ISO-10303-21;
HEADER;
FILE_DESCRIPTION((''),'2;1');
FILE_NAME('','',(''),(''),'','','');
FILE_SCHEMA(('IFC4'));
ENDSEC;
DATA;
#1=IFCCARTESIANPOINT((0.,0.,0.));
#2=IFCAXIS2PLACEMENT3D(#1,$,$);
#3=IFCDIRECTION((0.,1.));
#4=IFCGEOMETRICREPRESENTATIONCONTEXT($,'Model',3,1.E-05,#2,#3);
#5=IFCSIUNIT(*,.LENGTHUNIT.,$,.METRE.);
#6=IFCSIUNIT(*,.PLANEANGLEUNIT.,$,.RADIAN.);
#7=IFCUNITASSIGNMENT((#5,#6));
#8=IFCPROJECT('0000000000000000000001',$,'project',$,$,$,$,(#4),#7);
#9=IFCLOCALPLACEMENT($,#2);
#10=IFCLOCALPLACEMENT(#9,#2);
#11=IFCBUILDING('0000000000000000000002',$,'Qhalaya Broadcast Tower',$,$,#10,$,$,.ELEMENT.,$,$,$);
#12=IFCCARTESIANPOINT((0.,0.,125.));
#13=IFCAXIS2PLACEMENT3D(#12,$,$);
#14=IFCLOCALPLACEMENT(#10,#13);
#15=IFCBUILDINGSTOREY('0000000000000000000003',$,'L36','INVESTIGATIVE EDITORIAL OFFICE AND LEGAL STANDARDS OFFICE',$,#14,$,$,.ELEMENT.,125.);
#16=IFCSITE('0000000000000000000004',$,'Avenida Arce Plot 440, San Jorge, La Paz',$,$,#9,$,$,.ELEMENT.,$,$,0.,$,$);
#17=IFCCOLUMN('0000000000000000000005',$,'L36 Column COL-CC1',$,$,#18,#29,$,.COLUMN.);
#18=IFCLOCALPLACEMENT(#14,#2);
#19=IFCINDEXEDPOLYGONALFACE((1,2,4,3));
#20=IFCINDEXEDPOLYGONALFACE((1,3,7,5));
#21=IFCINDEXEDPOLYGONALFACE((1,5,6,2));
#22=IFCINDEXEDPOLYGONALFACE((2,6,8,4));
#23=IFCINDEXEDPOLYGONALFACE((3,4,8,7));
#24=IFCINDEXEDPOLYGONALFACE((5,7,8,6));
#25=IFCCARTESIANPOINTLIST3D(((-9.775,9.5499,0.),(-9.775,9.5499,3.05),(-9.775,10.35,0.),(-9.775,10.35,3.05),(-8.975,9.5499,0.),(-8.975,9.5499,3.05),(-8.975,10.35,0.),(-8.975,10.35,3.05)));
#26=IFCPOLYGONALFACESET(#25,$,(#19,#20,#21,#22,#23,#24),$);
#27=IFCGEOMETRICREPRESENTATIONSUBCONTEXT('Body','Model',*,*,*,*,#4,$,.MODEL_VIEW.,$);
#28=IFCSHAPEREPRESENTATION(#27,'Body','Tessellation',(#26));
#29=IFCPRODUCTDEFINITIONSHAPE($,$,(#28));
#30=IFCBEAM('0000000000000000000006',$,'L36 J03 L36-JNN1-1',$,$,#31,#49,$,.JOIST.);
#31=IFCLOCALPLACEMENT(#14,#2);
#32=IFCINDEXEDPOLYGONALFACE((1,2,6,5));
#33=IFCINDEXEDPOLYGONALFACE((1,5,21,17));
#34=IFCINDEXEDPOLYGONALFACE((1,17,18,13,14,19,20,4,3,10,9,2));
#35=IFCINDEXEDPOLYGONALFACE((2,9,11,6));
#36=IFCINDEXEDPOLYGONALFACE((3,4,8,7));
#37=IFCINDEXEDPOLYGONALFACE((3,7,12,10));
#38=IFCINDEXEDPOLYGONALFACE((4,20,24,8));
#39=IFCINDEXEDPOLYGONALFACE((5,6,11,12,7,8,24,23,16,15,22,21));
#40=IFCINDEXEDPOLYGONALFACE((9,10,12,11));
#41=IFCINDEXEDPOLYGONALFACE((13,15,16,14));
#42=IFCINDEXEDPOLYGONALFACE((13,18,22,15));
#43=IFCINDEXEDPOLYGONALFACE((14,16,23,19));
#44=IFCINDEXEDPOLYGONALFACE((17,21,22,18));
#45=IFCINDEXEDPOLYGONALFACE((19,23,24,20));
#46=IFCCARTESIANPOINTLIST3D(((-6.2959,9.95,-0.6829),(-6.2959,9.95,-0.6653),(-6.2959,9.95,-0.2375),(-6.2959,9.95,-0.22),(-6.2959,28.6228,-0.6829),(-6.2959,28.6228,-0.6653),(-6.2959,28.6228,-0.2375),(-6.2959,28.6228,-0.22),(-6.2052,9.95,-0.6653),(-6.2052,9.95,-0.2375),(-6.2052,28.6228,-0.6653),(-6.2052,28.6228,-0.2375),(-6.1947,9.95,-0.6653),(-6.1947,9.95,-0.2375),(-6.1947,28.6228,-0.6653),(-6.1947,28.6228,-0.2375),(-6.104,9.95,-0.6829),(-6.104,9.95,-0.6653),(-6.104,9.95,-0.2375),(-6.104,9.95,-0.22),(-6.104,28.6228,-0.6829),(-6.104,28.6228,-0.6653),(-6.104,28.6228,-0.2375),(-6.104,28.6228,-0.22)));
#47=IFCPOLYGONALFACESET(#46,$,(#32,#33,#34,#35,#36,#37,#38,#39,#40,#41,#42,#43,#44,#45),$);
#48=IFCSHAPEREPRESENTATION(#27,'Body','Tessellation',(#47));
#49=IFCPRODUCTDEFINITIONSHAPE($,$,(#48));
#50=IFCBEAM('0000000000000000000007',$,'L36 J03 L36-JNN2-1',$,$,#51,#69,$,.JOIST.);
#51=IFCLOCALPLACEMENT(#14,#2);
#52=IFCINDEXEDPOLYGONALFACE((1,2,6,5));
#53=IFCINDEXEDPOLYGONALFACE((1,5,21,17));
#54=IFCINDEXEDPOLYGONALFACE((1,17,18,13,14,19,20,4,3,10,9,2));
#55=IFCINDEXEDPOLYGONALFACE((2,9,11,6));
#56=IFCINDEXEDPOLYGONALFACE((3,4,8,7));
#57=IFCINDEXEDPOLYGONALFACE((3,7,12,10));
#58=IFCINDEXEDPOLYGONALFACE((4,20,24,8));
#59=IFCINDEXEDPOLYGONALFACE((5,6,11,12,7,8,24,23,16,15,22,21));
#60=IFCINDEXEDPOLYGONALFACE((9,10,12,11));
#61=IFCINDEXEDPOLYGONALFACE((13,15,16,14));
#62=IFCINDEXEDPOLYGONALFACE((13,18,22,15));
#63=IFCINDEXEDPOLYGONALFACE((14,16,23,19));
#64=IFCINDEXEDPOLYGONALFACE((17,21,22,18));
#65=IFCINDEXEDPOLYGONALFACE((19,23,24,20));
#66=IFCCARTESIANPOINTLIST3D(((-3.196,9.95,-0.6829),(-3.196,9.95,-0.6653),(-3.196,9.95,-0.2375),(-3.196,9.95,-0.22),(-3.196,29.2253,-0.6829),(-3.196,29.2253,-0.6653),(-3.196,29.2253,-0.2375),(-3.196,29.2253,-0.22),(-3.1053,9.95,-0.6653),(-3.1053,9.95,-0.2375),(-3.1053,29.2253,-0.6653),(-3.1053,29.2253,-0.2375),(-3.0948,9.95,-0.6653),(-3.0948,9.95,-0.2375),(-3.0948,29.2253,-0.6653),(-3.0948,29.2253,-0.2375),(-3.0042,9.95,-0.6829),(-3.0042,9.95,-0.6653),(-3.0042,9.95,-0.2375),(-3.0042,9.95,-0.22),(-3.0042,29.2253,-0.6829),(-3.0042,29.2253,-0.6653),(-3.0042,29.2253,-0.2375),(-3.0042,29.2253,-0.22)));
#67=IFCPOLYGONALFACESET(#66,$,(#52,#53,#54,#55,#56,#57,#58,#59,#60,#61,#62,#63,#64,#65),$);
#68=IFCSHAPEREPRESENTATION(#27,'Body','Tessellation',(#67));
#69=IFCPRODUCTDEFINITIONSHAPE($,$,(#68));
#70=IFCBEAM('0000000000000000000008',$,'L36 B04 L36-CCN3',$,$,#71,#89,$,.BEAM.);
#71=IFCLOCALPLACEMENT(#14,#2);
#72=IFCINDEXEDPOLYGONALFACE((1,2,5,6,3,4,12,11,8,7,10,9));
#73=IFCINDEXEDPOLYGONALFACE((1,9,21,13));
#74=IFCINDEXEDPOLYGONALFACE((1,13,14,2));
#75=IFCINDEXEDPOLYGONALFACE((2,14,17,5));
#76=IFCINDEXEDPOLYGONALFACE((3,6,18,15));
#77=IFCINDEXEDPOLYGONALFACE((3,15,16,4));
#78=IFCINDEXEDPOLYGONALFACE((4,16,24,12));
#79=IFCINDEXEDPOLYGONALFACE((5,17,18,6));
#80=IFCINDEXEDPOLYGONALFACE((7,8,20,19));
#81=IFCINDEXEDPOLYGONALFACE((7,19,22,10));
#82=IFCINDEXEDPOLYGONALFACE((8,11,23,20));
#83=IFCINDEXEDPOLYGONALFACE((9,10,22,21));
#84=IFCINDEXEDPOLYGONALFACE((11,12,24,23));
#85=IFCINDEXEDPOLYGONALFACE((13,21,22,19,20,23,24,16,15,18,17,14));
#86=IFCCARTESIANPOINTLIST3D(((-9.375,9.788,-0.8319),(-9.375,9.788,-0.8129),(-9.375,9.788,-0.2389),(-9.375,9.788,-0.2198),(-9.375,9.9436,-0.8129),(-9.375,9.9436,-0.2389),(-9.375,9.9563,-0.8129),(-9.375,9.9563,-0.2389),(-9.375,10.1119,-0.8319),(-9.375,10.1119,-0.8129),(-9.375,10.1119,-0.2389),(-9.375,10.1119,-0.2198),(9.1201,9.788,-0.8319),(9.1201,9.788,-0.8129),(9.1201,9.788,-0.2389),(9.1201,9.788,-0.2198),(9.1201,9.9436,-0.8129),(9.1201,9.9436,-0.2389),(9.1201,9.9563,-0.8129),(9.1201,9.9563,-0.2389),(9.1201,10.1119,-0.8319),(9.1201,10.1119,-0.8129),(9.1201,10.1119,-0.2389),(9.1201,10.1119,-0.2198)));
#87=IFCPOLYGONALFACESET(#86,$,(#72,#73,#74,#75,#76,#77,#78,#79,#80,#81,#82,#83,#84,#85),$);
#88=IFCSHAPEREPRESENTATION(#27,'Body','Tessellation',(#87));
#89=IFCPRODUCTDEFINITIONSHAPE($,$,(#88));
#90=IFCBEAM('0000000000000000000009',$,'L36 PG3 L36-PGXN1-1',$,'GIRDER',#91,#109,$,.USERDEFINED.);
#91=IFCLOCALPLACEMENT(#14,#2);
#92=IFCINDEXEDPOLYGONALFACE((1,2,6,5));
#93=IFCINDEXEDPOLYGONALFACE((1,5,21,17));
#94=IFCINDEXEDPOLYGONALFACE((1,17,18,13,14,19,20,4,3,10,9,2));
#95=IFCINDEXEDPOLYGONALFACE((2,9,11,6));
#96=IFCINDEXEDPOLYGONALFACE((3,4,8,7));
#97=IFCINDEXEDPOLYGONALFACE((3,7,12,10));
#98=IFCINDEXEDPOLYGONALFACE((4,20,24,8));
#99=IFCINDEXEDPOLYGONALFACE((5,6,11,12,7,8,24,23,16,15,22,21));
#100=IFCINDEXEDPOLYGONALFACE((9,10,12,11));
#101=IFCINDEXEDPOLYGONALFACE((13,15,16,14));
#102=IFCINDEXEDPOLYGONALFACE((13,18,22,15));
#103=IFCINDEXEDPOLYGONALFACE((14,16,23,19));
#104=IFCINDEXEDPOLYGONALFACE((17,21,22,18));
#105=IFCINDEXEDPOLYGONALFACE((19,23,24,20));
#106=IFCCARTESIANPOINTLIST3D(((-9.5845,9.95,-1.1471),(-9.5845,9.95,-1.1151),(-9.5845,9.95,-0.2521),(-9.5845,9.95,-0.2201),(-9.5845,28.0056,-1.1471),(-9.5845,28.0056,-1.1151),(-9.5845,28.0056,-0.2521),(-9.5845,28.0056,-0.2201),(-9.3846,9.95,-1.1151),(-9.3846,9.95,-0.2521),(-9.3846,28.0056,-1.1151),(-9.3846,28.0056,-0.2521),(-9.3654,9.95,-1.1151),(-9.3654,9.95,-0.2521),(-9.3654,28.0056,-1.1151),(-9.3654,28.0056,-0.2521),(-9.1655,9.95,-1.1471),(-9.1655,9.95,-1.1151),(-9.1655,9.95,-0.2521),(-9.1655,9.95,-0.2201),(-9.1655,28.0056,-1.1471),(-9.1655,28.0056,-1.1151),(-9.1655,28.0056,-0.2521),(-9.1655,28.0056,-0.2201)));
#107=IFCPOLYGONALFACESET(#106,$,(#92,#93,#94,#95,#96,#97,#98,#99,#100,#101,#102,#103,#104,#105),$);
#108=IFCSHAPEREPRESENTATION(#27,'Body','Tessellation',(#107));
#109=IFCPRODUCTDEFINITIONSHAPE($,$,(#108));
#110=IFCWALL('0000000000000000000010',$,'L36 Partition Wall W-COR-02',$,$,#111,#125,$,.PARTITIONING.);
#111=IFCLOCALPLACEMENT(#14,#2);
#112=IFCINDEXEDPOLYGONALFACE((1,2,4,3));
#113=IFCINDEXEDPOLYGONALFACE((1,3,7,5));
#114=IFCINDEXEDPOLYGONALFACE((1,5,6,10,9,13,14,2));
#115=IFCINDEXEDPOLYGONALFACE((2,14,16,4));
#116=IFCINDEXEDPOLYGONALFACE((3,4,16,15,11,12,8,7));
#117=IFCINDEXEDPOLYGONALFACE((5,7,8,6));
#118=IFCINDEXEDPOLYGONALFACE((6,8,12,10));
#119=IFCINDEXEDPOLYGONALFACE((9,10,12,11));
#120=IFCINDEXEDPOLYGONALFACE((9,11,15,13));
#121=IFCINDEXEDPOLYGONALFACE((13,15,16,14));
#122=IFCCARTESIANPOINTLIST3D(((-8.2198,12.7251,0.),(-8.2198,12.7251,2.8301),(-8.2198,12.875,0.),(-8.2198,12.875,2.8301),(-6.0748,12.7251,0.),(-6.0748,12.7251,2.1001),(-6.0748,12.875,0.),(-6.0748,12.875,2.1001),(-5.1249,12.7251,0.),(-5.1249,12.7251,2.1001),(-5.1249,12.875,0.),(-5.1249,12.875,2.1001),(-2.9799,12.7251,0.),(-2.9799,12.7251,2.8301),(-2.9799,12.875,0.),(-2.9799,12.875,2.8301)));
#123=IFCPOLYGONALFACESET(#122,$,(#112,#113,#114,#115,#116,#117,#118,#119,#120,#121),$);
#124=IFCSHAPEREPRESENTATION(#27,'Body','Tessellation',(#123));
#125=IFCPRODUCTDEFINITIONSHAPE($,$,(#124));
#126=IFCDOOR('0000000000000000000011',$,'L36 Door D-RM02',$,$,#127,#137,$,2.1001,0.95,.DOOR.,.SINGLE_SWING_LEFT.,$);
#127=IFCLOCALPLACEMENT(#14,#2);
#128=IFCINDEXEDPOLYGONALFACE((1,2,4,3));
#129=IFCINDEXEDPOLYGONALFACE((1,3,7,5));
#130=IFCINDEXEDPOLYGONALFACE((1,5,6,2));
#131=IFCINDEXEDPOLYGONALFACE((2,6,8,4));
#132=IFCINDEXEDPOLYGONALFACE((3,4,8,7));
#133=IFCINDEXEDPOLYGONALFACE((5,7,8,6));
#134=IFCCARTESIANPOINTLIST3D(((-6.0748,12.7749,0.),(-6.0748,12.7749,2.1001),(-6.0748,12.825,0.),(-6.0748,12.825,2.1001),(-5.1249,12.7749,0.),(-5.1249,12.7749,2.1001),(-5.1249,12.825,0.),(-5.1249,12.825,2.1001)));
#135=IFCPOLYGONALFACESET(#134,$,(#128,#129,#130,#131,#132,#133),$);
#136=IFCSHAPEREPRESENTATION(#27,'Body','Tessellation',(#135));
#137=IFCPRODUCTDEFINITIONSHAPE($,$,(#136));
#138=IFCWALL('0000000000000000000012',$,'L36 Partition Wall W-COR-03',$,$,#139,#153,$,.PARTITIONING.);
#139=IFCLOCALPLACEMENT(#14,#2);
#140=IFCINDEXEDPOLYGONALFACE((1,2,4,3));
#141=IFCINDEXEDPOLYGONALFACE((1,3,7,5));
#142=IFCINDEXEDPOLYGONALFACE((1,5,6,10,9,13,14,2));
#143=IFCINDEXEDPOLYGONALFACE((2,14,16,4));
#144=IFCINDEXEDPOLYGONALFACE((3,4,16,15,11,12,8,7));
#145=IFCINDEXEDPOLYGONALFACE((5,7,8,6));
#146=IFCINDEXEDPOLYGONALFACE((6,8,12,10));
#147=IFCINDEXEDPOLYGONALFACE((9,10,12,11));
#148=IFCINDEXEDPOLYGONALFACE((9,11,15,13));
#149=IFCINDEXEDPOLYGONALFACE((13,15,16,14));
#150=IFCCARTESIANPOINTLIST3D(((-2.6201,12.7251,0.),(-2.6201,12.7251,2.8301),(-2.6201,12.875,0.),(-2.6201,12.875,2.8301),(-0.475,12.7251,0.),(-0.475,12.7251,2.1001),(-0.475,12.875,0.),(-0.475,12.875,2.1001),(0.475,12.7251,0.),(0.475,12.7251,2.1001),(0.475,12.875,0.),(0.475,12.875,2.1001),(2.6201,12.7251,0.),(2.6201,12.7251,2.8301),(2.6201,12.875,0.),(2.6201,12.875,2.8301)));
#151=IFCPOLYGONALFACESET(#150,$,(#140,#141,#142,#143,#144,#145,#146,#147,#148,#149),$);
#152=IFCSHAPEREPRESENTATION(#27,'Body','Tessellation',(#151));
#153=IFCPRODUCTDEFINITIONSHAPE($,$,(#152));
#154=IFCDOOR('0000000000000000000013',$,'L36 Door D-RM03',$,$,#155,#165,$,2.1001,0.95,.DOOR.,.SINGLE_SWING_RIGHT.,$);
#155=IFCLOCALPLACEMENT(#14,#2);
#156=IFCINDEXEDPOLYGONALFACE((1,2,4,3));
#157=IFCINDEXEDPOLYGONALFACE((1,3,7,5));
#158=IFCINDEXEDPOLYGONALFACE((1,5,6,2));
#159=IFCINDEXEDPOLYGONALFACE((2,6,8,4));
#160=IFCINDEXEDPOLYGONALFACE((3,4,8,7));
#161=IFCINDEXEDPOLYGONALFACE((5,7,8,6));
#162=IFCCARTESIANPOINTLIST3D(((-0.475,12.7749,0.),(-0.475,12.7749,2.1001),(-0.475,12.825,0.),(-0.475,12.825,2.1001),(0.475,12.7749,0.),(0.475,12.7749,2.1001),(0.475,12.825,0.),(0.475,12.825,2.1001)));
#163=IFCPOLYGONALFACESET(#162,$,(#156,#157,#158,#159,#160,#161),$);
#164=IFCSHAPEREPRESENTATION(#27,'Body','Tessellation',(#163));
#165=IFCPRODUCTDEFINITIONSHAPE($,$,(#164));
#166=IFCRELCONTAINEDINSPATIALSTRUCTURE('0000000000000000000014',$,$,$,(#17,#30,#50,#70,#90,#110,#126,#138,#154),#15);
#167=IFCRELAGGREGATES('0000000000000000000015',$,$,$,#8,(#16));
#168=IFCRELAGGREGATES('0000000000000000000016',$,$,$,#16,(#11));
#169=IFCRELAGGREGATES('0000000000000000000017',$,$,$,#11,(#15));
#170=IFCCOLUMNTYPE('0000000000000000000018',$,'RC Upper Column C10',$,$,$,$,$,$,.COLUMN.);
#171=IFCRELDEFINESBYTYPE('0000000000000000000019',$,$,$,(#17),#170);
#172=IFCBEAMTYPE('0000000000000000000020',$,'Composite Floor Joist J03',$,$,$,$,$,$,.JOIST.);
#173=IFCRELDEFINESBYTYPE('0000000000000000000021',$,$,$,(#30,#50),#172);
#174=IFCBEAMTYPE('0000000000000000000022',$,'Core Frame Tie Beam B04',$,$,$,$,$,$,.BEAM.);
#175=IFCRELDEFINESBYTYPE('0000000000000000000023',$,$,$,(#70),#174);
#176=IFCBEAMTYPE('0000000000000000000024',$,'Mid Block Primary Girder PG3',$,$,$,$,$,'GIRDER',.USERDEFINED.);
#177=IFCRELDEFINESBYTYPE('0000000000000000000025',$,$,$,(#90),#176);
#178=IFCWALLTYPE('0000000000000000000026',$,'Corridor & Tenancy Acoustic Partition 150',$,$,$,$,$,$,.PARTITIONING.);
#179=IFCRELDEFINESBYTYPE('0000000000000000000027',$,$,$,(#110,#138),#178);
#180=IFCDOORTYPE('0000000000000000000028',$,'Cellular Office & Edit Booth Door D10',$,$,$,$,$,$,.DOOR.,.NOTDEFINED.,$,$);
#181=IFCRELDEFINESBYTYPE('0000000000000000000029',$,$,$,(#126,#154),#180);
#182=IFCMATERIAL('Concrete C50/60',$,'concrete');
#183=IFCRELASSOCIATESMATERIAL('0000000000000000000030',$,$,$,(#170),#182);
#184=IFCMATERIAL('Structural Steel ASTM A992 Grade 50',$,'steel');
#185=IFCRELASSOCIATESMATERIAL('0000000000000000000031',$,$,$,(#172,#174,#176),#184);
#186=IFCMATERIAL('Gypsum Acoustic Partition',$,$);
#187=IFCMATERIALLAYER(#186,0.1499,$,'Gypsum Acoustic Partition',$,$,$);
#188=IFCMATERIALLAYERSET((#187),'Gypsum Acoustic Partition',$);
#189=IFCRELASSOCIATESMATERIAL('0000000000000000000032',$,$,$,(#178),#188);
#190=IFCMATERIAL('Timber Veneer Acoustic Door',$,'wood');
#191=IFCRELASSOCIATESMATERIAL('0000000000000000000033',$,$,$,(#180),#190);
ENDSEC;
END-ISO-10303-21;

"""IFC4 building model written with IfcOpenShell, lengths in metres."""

from ifc_helpers import new_model, si_unit, direction, frame, frame_2d, origin, origin_2d, place, context, subcontext, project, spatial, rectangle, i_section, extrude, material, layer, layer_set, material_profile, profile_set, type_object, element, fill, save


model = new_model("IFC4")

# Units and contexts
model_context = context("Model", 3, precision=1e-05, world=origin(), true_north=direction((0.0, 1.0)))
body_context = subcontext(model_context, "Body", "Model", "MODEL_VIEW")
ifc_project = project(units=[si_unit("LENGTHUNIT", "METRE"), si_unit("PLANEANGLEUNIT", "RADIAN")], contexts=[model_context])

# Site, building, storey
site_placement = place(None, origin())
site = spatial("IfcSite", under=ifc_project, at=site_placement, Name="Avenida Arce Plot 440, San Jorge, La Paz", CompositionType="ELEMENT", RefElevation=0.0)
building_placement = place(site_placement, origin())
building = spatial("IfcBuilding", under=site, at=building_placement, Name="Qhalaya Broadcast Tower", CompositionType="ELEMENT")
storey_placement = place(building_placement, frame((0.0, 0.0, 125.0)))
storey = spatial("IfcBuildingStorey", under=building, at=storey_placement, Name="L36", Description="INVESTIGATIVE EDITORIAL OFFICE AND LEGAL STANDARDS OFFICE", CompositionType="ELEMENT", Elevation=125.0)

# Column
ifc_material_1 = material(Name="Concrete C50/60", Category="concrete")
ifc_material_profile_1 = material_profile(ifc_material_1, rectangle(XDim=0.8, YDim=0.8, at=origin_2d()), Name="RC-COL 800x800")
ifc_profile_set_1 = profile_set([ifc_material_profile_1], Name="Concrete C50/60")
column_type = type_object("IfcColumnType", Name="RC Upper Column C10", PredefinedType="COLUMN", material=ifc_profile_set_1)
column_placement = place(storey_placement, frame((-9.375, 9.95, 0.0), z_axis=(0.0, 0.0, 1.0), x_axis=(1.0, 0.0, 0.0)))
element("IfcColumn", 1, at=column_placement, inside=storey, type_object=column_type, Name="L36 Column COL-CC1", PredefinedType="COLUMN", context=body_context, shape_type="SweptSolid", body=[
    extrude(rectangle(XDim=0.8, YDim=0.8, at=origin_2d()), origin(), (0.0, 0.0, 1.0), 3.05),
])

# Beams
ifc_material_2 = material(Name="Structural Steel ASTM A992 Grade 50", Category="steel")
ifc_material_profile_2 = material_profile(ifc_material_2, i_section(OverallWidth=0.1919, OverallDepth=0.4629, WebThickness=0.0105, FlangeThickness=0.0176, at=origin_2d()), Name="W18X60")
ifc_profile_set_2 = profile_set([ifc_material_profile_2], Name="Structural Steel ASTM A992 Grade 50")
beam_type_1 = type_object("IfcBeamType", Name="Composite Floor Joist J03", PredefinedType="JOIST", material=ifc_profile_set_2)
beam_1_placement = place(storey_placement, frame((-6.2, 9.95, -0.4514), z_axis=(0.0, 1.0, 0.0), x_axis=(-1.0, 0.0, 0.0)))
element("IfcBeam", 2, at=beam_1_placement, inside=storey, type_object=beam_type_1, Name="L36 J03 L36-JNN1-1", PredefinedType="JOIST", context=body_context, shape_type="SweptSolid", body=[
    extrude(i_section(OverallWidth=0.1919, OverallDepth=0.4629, WebThickness=0.0105, FlangeThickness=0.0176, at=origin_2d()), origin(), (0.0, 0.0, 1.0), 18.6729),
])
beam_2_placement = place(storey_placement, frame((-3.1001, 9.95, -0.4514), z_axis=(0.0, 1.0, 0.0), x_axis=(-1.0, 0.0, 0.0)))
element("IfcBeam", 3, at=beam_2_placement, inside=storey, type_object=beam_type_1, Name="L36 J03 L36-JNN2-1", PredefinedType="JOIST", context=body_context, shape_type="SweptSolid", body=[
    extrude(i_section(OverallWidth=0.1919, OverallDepth=0.4629, WebThickness=0.0105, FlangeThickness=0.0176, at=origin_2d()), origin(), (0.0, 0.0, 1.0), 19.2754),
])
ifc_material_profile_3 = material_profile(ifc_material_2, i_section(OverallWidth=0.324, OverallDepth=0.6121, WebThickness=0.0127, FlangeThickness=0.019, at=origin_2d()), Name="W24X104")
ifc_profile_set_3 = profile_set([ifc_material_profile_3], Name="Structural Steel ASTM A992 Grade 50")
beam_type_2 = type_object("IfcBeamType", Name="Core Frame Tie Beam B04", PredefinedType="BEAM", material=ifc_profile_set_3)
beam_3_placement = place(storey_placement, frame((-9.375, 9.95, -0.5259), z_axis=(1.0, 0.0, 0.0), x_axis=(0.0, 1.0, 0.0)))
element("IfcBeam", 4, at=beam_3_placement, inside=storey, type_object=beam_type_2, Name="L36 B04 L36-CCN3", PredefinedType="BEAM", context=body_context, shape_type="SweptSolid", body=[
    extrude(i_section(OverallWidth=0.324, OverallDepth=0.6121, WebThickness=0.0127, FlangeThickness=0.019, at=origin_2d()), origin(), (0.0, 0.0, 1.0), 18.4951),
])
ifc_material_profile_4 = material_profile(ifc_material_2, i_section(OverallWidth=0.4189, OverallDepth=0.927, WebThickness=0.0193, FlangeThickness=0.032, at=origin_2d()), Name="W36X231")
ifc_profile_set_4 = profile_set([ifc_material_profile_4], Name="Structural Steel ASTM A992 Grade 50")
beam_type_3 = type_object("IfcBeamType", Name="Mid Block Primary Girder PG3", ElementType="GIRDER", PredefinedType="USERDEFINED", material=ifc_profile_set_4)
beam_4_placement = place(storey_placement, frame((-9.375, 9.95, -0.6836), z_axis=(0.0, 1.0, 0.0), x_axis=(-1.0, 0.0, 0.0)))
element("IfcBeam", 5, at=beam_4_placement, inside=storey, type_object=beam_type_3, Name="L36 PG3 L36-PGXN1-1", ObjectType="GIRDER", PredefinedType="USERDEFINED", context=body_context, shape_type="SweptSolid", body=[
    extrude(i_section(OverallWidth=0.4189, OverallDepth=0.927, WebThickness=0.0193, FlangeThickness=0.032, at=origin_2d()), origin(), (0.0, 0.0, 1.0), 18.0557),
])

# Walls, openings, doors
ifc_material_3 = material(Name="Gypsum Acoustic Partition")
ifc_layer_1 = layer(ifc_material_3, 0.1499, Name="Gypsum Acoustic Partition")
ifc_layer_set_1 = layer_set([ifc_layer_1], Name="Gypsum Acoustic Partition")
wall_type_1 = type_object("IfcWallType", Name="Corridor & Tenancy Acoustic Partition 150", PredefinedType="PARTITIONING", material=ifc_layer_set_1)
wall_1_placement = place(storey_placement, frame((-8.22, 12.8, 0.0), z_axis=(0.0, 0.0, 1.0), x_axis=(1.0, 0.0, 0.0)))
wall_1 = element("IfcWall", 6, at=wall_1_placement, inside=storey, type_object=wall_type_1, Name="L36 Partition Wall W-COR-02", PredefinedType="PARTITIONING", context=body_context, shape_type="SweptSolid", body=[
    extrude(rectangle(XDim=5.24, YDim=0.1499, at=frame_2d((2.6201, 0.0))), origin(), (0.0, 0.0, 1.0), 2.8301),
])
opening_1_placement = place(wall_1_placement, frame((2.145, 0.0, 0.0)))
opening_1 = element("IfcOpeningElement", 7, at=opening_1_placement, cuts=wall_1, PredefinedType="OPENING", context=body_context, shape_type="SweptSolid", body=[
    extrude(rectangle(XDim=0.95, YDim=2.1001, at=frame_2d((0.4751, 1.05))), frame((0.0, 0.0869, 0.0), z_axis=(0.0, -1.0, 0.0), x_axis=(1.0, 0.0, 0.0)), (0.0, 0.0, 1.0), 0.1738),
])
ifc_material_4 = material(Name="Timber Veneer Acoustic Door", Category="wood")
door_type = type_object("IfcDoorType", Name="Cellular Office & Edit Booth Door D10", OperationType="NOTDEFINED", PredefinedType="DOOR", material=ifc_material_4)
door_1_placement = place(opening_1_placement, origin())
door_1 = element("IfcDoor", 8, at=door_1_placement, inside=storey, type_object=door_type, Name="L36 Door D-RM02", OperationType="SINGLE_SWING_LEFT", OverallHeight=2.1001, OverallWidth=0.95, PredefinedType="DOOR", context=body_context, shape_type="SweptSolid", body=[
    extrude(rectangle(XDim=0.95, YDim=2.1001, at=frame_2d((0.4751, 1.05))), frame((0.0, 0.0249, 0.0), z_axis=(0.0, -1.0, 0.0), x_axis=(1.0, 0.0, 0.0)), (0.0, 0.0, 1.0), 0.05),
])
fill(opening_1, door_1)
wall_2_placement = place(storey_placement, frame((-2.6201, 12.8, 0.0), z_axis=(0.0, 0.0, 1.0), x_axis=(1.0, 0.0, 0.0)))
wall_2 = element("IfcWall", 9, at=wall_2_placement, inside=storey, type_object=wall_type_1, Name="L36 Partition Wall W-COR-03", PredefinedType="PARTITIONING", context=body_context, shape_type="SweptSolid", body=[
    extrude(rectangle(XDim=5.2402, YDim=0.1499, at=frame_2d((2.6201, 0.0))), origin(), (0.0, 0.0, 1.0), 2.8301),
])
opening_2_placement = place(wall_2_placement, frame((2.145, 0.0, 0.0)))
opening_2 = element("IfcOpeningElement", 10, at=opening_2_placement, cuts=wall_2, PredefinedType="OPENING", context=body_context, shape_type="SweptSolid", body=[
    extrude(rectangle(XDim=0.95, YDim=2.1001, at=frame_2d((0.4751, 1.05))), frame((0.0, 0.0869, 0.0), z_axis=(0.0, -1.0, 0.0), x_axis=(1.0, 0.0, 0.0)), (0.0, 0.0, 1.0), 0.1738),
])
door_2_placement = place(opening_2_placement, origin())
door_2 = element("IfcDoor", 11, at=door_2_placement, inside=storey, type_object=door_type, Name="L36 Door D-RM03", OperationType="SINGLE_SWING_RIGHT", OverallHeight=2.1001, OverallWidth=0.95, PredefinedType="DOOR", context=body_context, shape_type="SweptSolid", body=[
    extrude(rectangle(XDim=0.95, YDim=2.1001, at=frame_2d((0.4751, 1.05))), frame((0.0, 0.0249, 0.0), z_axis=(0.0, -1.0, 0.0), x_axis=(1.0, 0.0, 0.0)), (0.0, 0.0, 1.0), 0.05),
])
fill(opening_2, door_2)

save(model, "model.ifc")
